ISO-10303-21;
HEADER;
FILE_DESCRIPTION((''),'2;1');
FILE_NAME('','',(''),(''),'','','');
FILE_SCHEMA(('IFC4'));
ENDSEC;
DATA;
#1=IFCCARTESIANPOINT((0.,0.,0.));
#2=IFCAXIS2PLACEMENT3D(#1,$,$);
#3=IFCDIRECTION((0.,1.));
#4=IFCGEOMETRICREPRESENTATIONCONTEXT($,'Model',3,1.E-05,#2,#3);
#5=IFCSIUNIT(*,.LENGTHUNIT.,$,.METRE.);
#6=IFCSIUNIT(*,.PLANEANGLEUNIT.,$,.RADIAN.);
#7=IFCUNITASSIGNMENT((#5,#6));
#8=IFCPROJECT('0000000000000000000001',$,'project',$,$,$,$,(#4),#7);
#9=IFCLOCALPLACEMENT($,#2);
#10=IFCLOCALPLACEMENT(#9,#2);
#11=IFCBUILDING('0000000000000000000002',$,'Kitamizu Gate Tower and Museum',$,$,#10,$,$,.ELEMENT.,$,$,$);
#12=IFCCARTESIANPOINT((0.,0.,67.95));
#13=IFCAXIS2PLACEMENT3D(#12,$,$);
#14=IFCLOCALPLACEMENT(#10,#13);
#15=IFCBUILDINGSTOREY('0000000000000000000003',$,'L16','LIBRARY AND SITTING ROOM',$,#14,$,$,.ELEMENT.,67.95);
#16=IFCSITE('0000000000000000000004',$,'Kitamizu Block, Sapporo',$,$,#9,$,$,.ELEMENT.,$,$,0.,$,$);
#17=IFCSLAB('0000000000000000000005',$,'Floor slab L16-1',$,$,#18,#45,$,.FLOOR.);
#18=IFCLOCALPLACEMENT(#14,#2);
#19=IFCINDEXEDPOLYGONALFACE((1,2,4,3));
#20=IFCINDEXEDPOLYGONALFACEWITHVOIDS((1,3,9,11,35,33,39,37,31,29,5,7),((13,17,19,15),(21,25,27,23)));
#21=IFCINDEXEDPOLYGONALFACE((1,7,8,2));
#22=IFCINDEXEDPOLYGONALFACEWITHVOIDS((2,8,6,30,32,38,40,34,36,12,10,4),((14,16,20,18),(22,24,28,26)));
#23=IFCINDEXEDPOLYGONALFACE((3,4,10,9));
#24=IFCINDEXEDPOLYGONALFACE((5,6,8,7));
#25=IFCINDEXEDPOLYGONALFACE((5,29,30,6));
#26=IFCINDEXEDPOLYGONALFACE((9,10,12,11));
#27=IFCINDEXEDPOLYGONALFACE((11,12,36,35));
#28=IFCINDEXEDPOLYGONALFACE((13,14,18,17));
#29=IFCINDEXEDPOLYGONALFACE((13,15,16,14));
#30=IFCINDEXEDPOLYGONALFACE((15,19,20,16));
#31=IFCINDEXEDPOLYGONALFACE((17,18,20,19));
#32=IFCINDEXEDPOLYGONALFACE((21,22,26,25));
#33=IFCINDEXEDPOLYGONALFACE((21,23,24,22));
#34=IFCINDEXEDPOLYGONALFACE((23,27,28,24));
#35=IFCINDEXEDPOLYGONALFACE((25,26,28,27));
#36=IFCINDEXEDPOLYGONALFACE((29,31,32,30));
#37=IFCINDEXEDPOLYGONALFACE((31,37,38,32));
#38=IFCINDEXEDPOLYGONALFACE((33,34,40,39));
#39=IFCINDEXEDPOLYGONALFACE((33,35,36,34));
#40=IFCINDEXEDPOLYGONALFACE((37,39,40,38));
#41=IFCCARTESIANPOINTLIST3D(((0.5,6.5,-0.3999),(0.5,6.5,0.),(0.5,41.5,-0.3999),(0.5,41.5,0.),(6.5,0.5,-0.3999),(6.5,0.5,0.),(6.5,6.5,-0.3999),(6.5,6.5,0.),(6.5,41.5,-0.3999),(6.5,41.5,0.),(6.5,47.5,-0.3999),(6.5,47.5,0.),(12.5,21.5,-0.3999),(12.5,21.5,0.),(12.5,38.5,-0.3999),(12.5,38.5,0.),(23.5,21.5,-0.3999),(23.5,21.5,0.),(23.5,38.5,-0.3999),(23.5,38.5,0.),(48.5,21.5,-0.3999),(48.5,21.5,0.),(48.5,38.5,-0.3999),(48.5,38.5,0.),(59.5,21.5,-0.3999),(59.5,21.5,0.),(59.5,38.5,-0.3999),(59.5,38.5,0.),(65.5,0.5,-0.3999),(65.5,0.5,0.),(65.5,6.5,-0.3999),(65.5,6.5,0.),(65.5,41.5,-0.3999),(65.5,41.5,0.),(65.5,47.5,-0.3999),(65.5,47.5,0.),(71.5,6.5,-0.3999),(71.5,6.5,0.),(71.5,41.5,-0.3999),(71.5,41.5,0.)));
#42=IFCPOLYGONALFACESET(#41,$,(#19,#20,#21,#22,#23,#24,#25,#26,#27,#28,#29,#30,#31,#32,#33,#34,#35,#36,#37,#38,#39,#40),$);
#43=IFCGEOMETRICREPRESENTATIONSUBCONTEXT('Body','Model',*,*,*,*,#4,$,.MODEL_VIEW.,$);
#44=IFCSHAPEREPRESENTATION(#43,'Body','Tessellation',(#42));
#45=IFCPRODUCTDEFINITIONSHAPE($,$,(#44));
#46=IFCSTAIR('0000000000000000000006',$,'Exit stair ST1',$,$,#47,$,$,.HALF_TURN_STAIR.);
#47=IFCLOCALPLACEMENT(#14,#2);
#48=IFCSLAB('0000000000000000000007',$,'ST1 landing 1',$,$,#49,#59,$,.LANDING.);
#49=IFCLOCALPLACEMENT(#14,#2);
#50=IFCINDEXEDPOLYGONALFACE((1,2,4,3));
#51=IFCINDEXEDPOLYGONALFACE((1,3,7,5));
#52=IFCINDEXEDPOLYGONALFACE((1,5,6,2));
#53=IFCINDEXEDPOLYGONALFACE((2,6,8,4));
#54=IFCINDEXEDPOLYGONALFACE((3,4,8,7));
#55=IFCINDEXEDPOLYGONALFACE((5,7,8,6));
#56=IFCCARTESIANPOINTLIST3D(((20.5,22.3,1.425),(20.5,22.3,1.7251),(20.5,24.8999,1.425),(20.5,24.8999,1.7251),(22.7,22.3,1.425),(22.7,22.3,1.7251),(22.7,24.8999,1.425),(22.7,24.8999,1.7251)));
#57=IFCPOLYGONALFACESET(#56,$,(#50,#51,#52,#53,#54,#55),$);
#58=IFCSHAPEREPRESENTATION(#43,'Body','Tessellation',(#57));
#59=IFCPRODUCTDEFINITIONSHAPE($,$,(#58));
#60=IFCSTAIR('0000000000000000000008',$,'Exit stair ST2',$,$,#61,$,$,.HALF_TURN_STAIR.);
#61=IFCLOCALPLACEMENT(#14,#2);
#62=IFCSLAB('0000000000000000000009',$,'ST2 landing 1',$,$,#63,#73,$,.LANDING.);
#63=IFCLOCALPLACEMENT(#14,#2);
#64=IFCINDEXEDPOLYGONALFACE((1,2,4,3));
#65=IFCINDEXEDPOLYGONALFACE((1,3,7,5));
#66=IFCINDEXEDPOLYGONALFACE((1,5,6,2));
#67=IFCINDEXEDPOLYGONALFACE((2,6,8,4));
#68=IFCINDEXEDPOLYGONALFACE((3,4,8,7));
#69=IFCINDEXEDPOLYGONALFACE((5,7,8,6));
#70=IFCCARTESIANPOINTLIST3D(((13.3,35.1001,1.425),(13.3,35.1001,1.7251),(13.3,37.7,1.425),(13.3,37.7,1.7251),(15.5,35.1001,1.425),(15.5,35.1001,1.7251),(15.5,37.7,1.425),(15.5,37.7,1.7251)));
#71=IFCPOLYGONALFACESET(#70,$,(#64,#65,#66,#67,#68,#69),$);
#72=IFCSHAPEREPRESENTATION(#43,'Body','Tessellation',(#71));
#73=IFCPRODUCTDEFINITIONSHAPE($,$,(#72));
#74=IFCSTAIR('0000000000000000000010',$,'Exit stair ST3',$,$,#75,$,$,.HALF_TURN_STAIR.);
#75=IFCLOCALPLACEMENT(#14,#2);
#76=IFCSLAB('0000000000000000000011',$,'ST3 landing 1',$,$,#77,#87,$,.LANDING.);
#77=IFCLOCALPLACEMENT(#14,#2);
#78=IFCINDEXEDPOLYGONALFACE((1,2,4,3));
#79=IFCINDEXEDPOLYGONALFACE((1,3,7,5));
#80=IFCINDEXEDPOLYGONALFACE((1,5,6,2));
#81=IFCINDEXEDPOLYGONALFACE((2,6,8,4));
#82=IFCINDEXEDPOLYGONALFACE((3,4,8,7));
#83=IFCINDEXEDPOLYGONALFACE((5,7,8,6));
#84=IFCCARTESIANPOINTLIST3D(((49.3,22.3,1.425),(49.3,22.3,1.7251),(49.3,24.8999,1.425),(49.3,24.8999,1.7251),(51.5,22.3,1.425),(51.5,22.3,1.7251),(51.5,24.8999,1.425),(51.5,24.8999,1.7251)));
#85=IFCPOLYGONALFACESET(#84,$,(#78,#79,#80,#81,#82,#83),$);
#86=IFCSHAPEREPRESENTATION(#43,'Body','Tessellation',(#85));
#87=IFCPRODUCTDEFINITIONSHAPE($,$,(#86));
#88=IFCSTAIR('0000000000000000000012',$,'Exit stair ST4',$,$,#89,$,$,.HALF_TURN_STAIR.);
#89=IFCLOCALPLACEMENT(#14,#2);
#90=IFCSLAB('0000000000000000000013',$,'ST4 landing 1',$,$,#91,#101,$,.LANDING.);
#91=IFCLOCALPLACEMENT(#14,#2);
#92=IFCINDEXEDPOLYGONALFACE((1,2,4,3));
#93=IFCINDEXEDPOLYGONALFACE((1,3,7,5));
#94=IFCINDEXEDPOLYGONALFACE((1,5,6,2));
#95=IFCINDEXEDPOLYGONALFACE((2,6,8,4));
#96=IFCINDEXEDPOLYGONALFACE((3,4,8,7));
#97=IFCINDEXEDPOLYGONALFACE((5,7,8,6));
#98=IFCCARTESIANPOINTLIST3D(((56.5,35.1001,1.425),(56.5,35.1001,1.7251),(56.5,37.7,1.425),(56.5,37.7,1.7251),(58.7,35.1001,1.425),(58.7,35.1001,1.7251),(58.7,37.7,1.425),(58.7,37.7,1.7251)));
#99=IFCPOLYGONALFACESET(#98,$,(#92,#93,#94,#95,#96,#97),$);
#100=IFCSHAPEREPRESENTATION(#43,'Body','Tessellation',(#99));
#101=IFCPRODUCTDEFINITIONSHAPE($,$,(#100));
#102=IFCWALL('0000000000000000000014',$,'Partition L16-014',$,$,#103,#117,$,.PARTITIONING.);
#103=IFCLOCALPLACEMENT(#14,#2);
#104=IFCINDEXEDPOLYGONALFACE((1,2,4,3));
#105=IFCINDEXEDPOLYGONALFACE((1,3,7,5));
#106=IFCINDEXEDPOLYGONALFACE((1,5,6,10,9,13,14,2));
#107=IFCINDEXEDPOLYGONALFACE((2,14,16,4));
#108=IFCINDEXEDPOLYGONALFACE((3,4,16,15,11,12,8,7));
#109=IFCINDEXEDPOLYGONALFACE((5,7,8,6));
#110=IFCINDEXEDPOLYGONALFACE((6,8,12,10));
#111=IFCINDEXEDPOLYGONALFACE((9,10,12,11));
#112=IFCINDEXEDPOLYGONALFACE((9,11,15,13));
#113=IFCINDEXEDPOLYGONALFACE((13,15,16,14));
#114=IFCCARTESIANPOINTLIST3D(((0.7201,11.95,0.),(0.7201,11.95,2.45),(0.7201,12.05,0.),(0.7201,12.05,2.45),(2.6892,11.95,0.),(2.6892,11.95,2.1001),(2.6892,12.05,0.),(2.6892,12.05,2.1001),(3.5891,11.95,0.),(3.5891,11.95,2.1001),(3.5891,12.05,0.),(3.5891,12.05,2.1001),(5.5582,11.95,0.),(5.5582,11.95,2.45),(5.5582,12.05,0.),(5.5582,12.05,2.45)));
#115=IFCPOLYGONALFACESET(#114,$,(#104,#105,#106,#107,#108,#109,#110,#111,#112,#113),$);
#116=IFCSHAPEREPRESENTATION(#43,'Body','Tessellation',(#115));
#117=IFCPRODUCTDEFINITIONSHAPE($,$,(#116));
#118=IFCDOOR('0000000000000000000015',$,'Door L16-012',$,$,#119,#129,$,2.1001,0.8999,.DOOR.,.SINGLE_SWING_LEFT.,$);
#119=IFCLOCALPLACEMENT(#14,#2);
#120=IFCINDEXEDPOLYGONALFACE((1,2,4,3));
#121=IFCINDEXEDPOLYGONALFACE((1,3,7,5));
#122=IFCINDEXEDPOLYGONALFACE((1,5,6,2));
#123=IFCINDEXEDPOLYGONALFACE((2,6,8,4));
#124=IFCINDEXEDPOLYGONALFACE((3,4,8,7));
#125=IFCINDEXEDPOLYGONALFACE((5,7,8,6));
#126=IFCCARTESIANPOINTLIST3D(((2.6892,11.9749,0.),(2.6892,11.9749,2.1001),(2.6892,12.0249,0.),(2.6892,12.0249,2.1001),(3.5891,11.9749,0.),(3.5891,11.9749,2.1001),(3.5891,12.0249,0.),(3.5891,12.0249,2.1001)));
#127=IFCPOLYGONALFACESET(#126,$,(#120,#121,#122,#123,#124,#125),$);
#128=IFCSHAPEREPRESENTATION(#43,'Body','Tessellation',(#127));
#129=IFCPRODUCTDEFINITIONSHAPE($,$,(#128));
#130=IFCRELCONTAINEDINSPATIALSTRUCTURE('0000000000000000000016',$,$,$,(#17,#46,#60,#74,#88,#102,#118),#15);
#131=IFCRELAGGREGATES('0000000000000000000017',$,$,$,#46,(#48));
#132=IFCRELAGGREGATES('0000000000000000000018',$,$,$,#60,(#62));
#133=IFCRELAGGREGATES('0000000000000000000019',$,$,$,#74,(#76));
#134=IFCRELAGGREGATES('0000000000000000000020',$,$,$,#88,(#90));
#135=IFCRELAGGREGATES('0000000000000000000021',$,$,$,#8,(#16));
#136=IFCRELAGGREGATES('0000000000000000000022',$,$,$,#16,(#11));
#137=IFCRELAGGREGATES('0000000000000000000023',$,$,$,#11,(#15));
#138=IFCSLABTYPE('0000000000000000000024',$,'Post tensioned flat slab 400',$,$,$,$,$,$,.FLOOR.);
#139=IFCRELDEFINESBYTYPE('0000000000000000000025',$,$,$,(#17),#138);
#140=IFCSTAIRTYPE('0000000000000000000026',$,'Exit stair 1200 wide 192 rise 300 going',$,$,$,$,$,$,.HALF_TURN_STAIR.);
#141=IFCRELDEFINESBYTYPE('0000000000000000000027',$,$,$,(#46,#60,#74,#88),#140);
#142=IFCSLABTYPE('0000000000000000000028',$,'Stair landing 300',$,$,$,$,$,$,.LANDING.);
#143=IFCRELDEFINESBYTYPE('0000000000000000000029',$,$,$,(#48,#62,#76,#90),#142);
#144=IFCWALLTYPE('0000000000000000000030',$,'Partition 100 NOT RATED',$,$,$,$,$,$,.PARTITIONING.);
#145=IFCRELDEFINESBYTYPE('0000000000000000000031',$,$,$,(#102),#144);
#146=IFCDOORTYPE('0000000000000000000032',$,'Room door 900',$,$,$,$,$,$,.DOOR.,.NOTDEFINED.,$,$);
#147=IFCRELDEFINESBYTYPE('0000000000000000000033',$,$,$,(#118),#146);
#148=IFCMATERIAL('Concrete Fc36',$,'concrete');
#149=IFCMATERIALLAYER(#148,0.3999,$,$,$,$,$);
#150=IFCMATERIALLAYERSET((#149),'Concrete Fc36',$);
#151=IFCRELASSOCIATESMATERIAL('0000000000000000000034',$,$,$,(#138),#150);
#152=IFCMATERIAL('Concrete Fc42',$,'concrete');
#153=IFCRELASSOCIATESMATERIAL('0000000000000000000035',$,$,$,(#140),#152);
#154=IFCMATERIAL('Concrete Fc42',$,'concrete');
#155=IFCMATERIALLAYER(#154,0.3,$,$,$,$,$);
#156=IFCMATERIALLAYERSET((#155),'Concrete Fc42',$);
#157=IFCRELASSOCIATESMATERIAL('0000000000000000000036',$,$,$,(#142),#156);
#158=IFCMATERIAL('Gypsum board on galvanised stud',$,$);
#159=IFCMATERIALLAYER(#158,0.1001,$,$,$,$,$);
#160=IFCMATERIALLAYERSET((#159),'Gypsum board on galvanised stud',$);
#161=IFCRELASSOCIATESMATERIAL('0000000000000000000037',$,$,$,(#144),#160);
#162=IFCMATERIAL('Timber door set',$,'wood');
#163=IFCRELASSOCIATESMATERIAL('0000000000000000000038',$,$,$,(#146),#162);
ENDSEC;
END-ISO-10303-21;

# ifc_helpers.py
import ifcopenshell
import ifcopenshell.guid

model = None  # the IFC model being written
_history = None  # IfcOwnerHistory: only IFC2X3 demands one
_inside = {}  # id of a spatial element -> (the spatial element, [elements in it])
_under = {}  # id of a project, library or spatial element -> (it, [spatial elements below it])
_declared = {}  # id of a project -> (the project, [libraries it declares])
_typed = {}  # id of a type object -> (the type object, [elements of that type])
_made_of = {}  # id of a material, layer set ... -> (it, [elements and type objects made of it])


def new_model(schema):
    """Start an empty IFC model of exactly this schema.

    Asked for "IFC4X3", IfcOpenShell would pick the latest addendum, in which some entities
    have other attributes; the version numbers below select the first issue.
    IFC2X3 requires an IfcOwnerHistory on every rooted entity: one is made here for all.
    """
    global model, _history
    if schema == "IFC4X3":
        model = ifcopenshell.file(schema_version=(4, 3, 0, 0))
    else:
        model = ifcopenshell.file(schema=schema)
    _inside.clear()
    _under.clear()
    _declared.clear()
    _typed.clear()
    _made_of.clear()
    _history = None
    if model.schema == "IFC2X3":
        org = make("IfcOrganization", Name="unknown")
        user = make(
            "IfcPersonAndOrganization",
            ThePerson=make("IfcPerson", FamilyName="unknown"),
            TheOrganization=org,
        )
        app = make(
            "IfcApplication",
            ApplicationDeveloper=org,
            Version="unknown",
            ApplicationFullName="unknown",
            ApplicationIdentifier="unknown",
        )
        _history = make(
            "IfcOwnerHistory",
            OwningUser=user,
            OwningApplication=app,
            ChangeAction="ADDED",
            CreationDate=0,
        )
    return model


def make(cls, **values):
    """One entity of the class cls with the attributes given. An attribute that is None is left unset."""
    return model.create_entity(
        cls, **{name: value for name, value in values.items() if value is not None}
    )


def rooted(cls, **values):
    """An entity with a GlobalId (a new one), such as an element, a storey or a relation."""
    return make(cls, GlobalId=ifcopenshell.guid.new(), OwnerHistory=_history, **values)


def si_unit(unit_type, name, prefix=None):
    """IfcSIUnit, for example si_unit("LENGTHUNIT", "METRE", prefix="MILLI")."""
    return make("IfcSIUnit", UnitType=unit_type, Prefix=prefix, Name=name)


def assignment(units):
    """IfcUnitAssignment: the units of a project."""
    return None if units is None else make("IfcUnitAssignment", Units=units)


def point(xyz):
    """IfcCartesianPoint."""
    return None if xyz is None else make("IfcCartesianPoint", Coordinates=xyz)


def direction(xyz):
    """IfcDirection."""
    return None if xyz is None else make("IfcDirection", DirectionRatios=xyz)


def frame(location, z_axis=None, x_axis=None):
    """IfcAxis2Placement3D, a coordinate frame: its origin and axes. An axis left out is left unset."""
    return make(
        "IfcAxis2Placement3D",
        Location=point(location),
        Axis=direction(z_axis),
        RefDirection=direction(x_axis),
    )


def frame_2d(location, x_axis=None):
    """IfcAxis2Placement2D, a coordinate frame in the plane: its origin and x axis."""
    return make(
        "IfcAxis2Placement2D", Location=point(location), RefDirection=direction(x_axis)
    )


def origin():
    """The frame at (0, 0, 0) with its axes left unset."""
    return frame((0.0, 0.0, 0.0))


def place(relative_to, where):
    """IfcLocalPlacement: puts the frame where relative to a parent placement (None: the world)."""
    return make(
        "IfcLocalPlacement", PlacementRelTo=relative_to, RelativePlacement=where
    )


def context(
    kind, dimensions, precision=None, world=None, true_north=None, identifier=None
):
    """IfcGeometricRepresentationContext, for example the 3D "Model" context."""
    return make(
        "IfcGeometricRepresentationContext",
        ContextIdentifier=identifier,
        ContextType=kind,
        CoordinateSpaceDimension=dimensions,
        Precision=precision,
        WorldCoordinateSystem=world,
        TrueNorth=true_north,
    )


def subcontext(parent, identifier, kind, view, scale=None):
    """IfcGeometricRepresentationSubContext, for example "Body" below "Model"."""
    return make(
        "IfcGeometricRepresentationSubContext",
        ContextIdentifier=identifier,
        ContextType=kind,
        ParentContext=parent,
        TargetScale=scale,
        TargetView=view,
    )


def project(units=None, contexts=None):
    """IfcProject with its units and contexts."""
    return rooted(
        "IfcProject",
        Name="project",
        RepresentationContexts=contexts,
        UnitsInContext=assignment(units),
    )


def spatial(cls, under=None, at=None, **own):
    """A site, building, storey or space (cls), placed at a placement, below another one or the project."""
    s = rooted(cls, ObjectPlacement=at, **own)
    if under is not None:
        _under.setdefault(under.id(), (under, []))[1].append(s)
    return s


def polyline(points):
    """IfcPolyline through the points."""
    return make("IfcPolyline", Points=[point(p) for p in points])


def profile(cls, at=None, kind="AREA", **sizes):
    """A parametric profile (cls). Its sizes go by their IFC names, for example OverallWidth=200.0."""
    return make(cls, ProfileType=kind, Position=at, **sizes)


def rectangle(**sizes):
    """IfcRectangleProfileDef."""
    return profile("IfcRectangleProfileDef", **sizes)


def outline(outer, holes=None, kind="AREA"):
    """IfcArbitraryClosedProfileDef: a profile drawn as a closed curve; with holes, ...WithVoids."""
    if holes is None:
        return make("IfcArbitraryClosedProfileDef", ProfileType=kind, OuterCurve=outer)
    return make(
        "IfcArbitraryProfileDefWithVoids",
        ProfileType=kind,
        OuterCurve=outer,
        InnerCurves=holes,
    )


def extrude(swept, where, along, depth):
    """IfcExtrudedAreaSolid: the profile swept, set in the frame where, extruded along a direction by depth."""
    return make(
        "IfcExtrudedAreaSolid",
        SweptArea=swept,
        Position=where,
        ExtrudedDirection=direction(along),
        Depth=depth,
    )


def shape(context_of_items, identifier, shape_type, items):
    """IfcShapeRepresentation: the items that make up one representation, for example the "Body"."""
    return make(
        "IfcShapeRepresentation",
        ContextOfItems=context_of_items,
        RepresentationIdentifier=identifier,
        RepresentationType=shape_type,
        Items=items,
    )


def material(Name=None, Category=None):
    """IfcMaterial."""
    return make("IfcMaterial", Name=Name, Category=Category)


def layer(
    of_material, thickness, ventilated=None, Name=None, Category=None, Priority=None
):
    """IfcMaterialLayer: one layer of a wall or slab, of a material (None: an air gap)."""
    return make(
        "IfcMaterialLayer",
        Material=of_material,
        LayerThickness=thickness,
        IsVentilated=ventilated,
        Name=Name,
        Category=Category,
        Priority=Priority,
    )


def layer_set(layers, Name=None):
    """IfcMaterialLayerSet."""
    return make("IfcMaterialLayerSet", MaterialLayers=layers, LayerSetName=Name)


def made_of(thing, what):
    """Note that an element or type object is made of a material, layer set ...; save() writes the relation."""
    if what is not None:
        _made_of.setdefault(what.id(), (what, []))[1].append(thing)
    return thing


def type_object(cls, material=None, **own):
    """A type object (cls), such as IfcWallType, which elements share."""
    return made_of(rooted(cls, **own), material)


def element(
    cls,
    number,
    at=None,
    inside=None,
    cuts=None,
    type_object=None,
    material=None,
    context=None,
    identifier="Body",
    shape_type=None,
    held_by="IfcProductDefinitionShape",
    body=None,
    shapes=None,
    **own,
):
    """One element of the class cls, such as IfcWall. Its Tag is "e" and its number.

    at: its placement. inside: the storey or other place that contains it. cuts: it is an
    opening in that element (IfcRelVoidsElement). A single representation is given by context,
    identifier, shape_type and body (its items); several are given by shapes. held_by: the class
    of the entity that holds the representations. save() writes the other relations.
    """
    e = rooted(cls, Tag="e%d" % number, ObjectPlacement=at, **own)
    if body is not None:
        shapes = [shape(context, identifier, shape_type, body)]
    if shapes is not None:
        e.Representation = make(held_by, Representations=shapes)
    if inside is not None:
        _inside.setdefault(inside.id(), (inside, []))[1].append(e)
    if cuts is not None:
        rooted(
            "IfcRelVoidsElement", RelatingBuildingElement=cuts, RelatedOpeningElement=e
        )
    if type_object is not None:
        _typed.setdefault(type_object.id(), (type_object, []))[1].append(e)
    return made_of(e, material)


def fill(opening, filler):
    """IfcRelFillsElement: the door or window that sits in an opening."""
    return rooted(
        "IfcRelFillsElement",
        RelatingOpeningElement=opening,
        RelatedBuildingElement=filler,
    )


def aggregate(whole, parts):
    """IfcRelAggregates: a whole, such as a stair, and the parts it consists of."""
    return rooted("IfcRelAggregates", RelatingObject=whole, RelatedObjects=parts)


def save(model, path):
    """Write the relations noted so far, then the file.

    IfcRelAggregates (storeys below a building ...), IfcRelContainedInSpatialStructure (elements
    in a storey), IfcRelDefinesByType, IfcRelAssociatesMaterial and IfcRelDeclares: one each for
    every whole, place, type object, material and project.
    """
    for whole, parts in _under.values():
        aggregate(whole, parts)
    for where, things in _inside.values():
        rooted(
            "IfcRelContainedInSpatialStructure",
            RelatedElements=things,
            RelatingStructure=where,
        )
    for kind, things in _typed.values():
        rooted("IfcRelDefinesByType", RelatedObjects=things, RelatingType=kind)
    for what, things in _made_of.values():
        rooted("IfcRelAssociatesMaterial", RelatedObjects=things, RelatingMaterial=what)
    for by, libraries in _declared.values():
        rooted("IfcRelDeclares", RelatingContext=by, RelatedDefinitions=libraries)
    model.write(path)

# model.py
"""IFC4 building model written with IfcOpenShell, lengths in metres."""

from ifc_helpers import new_model, si_unit, direction, frame, frame_2d, origin, place, context, subcontext, project, spatial, polyline, rectangle, outline, extrude, material, layer, layer_set, type_object, element, fill, aggregate, save


model = new_model("IFC4")

# Units and contexts
model_context = context("Model", 3, precision=1e-05, world=origin(), true_north=direction((0.0, 1.0)))
body_context = subcontext(model_context, "Body", "Model", "MODEL_VIEW")
ifc_project = project(units=[si_unit("LENGTHUNIT", "METRE"), si_unit("PLANEANGLEUNIT", "RADIAN")], contexts=[model_context])

# Site, building, storey
site_placement = place(None, origin())
site = spatial("IfcSite", under=ifc_project, at=site_placement, Name="Kitamizu Block, Sapporo", CompositionType="ELEMENT", RefElevation=0.0)
building_placement = place(site_placement, origin())
building = spatial("IfcBuilding", under=site, at=building_placement, Name="Kitamizu Gate Tower and Museum", CompositionType="ELEMENT")
storey_placement = place(building_placement, frame((0.0, 0.0, 67.95)))
storey = spatial("IfcBuildingStorey", under=building, at=storey_placement, Name="L16", Description="LIBRARY AND SITTING ROOM", CompositionType="ELEMENT", Elevation=67.95)

# Slab
ifc_material_1 = material(Name="Concrete Fc36", Category="concrete")
ifc_layer_1 = layer(ifc_material_1, 0.3999)
ifc_layer_set_1 = layer_set([ifc_layer_1], Name="Concrete Fc36")
slab_type_1 = type_object("IfcSlabType", Name="Post tensioned flat slab 400", PredefinedType="FLOOR", material=ifc_layer_set_1)
slab_1_placement = place(storey_placement, frame((0.0, 0.0, -0.3999)))
element("IfcSlab", 1, at=slab_1_placement, inside=storey, type_object=slab_type_1, Name="Floor slab L16-1", PredefinedType="FLOOR", context=body_context, shape_type="SweptSolid", body=[
    extrude(outline(polyline([(0.5, 6.5), (0.5, 41.5), (6.5, 41.5), (6.5, 47.5), (65.5, 47.5), (65.5, 41.5), (71.5, 41.5), (71.5, 6.5), (65.5, 6.5), (65.5, 0.5), (6.5, 0.5), (6.5, 6.5), (0.5, 6.5)]), holes=[polyline([(59.5, 38.5), (48.5, 38.5), (48.5, 21.5), (59.5, 21.5), (59.5, 38.5)]), polyline([(12.5, 38.5), (12.5, 21.5), (23.5, 21.5), (23.5, 38.5), (12.5, 38.5)])]), origin(), (0.0, 0.0, 1.0), 0.3999),
])

# Stairs, slabs
ifc_material_2 = material(Name="Concrete Fc42", Category="concrete")
stair_type = type_object("IfcStairType", Name="Exit stair 1200 wide 192 rise 300 going", PredefinedType="HALF_TURN_STAIR", material=ifc_material_2)
stair_1_placement = place(storey_placement, origin())
stair_1 = element("IfcStair", 2, at=stair_1_placement, inside=storey, type_object=stair_type, Name="Exit stair ST1", PredefinedType="HALF_TURN_STAIR")
ifc_material_3 = material(Name="Concrete Fc42", Category="concrete")
ifc_layer_2 = layer(ifc_material_3, 0.3)
ifc_layer_set_2 = layer_set([ifc_layer_2], Name="Concrete Fc42")
slab_type_2 = type_object("IfcSlabType", Name="Stair landing 300", PredefinedType="LANDING", material=ifc_layer_set_2)
slab_2_placement = place(storey_placement, frame((0.0, 0.0, 1.425)))
slab_2 = element("IfcSlab", 3, at=slab_2_placement, type_object=slab_type_2, Name="ST1 landing 1", PredefinedType="LANDING", context=body_context, shape_type="SweptSolid", body=[
    extrude(outline(polyline([(20.5, 22.3), (22.7, 22.3), (22.7, 24.8999), (20.5, 24.8999), (20.5, 22.3)])), origin(), (0.0, 0.0, 1.0), 0.3),
])
aggregate(stair_1, [slab_2])
stair_2_placement = place(storey_placement, origin())
stair_2 = element("IfcStair", 4, at=stair_2_placement, inside=storey, type_object=stair_type, Name="Exit stair ST2", PredefinedType="HALF_TURN_STAIR")
slab_3_placement = place(storey_placement, frame((0.0, 0.0, 1.425)))
slab_3 = element("IfcSlab", 5, at=slab_3_placement, type_object=slab_type_2, Name="ST2 landing 1", PredefinedType="LANDING", context=body_context, shape_type="SweptSolid", body=[
    extrude(outline(polyline([(13.3, 35.1001), (15.5, 35.1001), (15.5, 37.7), (13.3, 37.7), (13.3, 35.1001)])), origin(), (0.0, 0.0, 1.0), 0.3),
])
aggregate(stair_2, [slab_3])
stair_3_placement = place(storey_placement, origin())
stair_3 = element("IfcStair", 6, at=stair_3_placement, inside=storey, type_object=stair_type, Name="Exit stair ST3", PredefinedType="HALF_TURN_STAIR")
slab_4_placement = place(storey_placement, frame((0.0, 0.0, 1.425)))
slab_4 = element("IfcSlab", 7, at=slab_4_placement, type_object=slab_type_2, Name="ST3 landing 1", PredefinedType="LANDING", context=body_context, shape_type="SweptSolid", body=[
    extrude(outline(polyline([(49.3, 22.3), (51.5, 22.3), (51.5, 24.8999), (49.3, 24.8999), (49.3, 22.3)])), origin(), (0.0, 0.0, 1.0), 0.3),
])
aggregate(stair_3, [slab_4])
stair_4_placement = place(storey_placement, origin())
stair_4 = element("IfcStair", 8, at=stair_4_placement, inside=storey, type_object=stair_type, Name="Exit stair ST4", PredefinedType="HALF_TURN_STAIR")
slab_5_placement = place(storey_placement, frame((0.0, 0.0, 1.425)))
slab_5 = element("IfcSlab", 9, at=slab_5_placement, type_object=slab_type_2, Name="ST4 landing 1", PredefinedType="LANDING", context=body_context, shape_type="SweptSolid", body=[
    extrude(outline(polyline([(56.5, 35.1001), (58.7, 35.1001), (58.7, 37.7), (56.5, 37.7), (56.5, 35.1001)])), origin(), (0.0, 0.0, 1.0), 0.3),
])
aggregate(stair_4, [slab_5])

# Wall, opening, door
ifc_material_4 = material(Name="Gypsum board on galvanised stud")
ifc_layer_3 = layer(ifc_material_4, 0.1001)
ifc_layer_set_3 = layer_set([ifc_layer_3], Name="Gypsum board on galvanised stud")
wall_type_1 = type_object("IfcWallType", Name="Partition 100 NOT RATED", PredefinedType="PARTITIONING", material=ifc_layer_set_3)
wall_1_placement = place(storey_placement, frame((5.5581, 12.0, 0.0), z_axis=(0.0, 0.0, 1.0), x_axis=(-1.0, 0.0, 0.0)))
wall_1 = element("IfcWall", 10, at=wall_1_placement, inside=storey, type_object=wall_type_1, Name="Partition L16-014", PredefinedType="PARTITIONING", context=body_context, shape_type="SweptSolid", body=[
    extrude(rectangle(XDim=4.8381, YDim=0.1001, at=frame_2d((2.4189, 0.0))), origin(), (0.0, 0.0, 1.0), 2.45),
])
opening_1_placement = place(wall_1_placement, frame((1.969, 0.0, 0.0)))
opening_1 = element("IfcOpeningElement", 11, at=opening_1_placement, cuts=wall_1, PredefinedType="OPENING", context=body_context, shape_type="SweptSolid", body=[
    extrude(rectangle(XDim=0.8999, YDim=2.1001, at=frame_2d((0.45, 1.05))), frame((0.0, 0.0601, 0.0), z_axis=(0.0, -1.0, 0.0), x_axis=(1.0, 0.0, 0.0)), (0.0, 0.0, 1.0), 0.1201),
])
ifc_material_5 = material(Name="Timber door set", Category="wood")
door_type = type_object("IfcDoorType", Name="Room door 900", OperationType="NOTDEFINED", PredefinedType="DOOR", material=ifc_material_5)
door_placement = place(opening_1_placement, frame((0.8999, 0.0, 0.0), x_axis=(-1.0, 0.0, 0.0)))
door = element("IfcDoor", 12, at=door_placement, inside=storey, type_object=door_type, Name="Door L16-012", OperationType="SINGLE_SWING_LEFT", OverallHeight=2.1001, OverallWidth=0.8999, PredefinedType="DOOR", context=body_context, shape_type="SweptSolid", body=[
    extrude(rectangle(XDim=0.8999, YDim=2.1001, at=frame_2d((0.45, 1.05))), frame((0.0, 0.0249, 0.0), z_axis=(0.0, -1.0, 0.0), x_axis=(1.0, 0.0, 0.0)), (0.0, 0.0, 1.0), 0.05),
])
fill(opening_1, door)

save(model, "model.ifc")
